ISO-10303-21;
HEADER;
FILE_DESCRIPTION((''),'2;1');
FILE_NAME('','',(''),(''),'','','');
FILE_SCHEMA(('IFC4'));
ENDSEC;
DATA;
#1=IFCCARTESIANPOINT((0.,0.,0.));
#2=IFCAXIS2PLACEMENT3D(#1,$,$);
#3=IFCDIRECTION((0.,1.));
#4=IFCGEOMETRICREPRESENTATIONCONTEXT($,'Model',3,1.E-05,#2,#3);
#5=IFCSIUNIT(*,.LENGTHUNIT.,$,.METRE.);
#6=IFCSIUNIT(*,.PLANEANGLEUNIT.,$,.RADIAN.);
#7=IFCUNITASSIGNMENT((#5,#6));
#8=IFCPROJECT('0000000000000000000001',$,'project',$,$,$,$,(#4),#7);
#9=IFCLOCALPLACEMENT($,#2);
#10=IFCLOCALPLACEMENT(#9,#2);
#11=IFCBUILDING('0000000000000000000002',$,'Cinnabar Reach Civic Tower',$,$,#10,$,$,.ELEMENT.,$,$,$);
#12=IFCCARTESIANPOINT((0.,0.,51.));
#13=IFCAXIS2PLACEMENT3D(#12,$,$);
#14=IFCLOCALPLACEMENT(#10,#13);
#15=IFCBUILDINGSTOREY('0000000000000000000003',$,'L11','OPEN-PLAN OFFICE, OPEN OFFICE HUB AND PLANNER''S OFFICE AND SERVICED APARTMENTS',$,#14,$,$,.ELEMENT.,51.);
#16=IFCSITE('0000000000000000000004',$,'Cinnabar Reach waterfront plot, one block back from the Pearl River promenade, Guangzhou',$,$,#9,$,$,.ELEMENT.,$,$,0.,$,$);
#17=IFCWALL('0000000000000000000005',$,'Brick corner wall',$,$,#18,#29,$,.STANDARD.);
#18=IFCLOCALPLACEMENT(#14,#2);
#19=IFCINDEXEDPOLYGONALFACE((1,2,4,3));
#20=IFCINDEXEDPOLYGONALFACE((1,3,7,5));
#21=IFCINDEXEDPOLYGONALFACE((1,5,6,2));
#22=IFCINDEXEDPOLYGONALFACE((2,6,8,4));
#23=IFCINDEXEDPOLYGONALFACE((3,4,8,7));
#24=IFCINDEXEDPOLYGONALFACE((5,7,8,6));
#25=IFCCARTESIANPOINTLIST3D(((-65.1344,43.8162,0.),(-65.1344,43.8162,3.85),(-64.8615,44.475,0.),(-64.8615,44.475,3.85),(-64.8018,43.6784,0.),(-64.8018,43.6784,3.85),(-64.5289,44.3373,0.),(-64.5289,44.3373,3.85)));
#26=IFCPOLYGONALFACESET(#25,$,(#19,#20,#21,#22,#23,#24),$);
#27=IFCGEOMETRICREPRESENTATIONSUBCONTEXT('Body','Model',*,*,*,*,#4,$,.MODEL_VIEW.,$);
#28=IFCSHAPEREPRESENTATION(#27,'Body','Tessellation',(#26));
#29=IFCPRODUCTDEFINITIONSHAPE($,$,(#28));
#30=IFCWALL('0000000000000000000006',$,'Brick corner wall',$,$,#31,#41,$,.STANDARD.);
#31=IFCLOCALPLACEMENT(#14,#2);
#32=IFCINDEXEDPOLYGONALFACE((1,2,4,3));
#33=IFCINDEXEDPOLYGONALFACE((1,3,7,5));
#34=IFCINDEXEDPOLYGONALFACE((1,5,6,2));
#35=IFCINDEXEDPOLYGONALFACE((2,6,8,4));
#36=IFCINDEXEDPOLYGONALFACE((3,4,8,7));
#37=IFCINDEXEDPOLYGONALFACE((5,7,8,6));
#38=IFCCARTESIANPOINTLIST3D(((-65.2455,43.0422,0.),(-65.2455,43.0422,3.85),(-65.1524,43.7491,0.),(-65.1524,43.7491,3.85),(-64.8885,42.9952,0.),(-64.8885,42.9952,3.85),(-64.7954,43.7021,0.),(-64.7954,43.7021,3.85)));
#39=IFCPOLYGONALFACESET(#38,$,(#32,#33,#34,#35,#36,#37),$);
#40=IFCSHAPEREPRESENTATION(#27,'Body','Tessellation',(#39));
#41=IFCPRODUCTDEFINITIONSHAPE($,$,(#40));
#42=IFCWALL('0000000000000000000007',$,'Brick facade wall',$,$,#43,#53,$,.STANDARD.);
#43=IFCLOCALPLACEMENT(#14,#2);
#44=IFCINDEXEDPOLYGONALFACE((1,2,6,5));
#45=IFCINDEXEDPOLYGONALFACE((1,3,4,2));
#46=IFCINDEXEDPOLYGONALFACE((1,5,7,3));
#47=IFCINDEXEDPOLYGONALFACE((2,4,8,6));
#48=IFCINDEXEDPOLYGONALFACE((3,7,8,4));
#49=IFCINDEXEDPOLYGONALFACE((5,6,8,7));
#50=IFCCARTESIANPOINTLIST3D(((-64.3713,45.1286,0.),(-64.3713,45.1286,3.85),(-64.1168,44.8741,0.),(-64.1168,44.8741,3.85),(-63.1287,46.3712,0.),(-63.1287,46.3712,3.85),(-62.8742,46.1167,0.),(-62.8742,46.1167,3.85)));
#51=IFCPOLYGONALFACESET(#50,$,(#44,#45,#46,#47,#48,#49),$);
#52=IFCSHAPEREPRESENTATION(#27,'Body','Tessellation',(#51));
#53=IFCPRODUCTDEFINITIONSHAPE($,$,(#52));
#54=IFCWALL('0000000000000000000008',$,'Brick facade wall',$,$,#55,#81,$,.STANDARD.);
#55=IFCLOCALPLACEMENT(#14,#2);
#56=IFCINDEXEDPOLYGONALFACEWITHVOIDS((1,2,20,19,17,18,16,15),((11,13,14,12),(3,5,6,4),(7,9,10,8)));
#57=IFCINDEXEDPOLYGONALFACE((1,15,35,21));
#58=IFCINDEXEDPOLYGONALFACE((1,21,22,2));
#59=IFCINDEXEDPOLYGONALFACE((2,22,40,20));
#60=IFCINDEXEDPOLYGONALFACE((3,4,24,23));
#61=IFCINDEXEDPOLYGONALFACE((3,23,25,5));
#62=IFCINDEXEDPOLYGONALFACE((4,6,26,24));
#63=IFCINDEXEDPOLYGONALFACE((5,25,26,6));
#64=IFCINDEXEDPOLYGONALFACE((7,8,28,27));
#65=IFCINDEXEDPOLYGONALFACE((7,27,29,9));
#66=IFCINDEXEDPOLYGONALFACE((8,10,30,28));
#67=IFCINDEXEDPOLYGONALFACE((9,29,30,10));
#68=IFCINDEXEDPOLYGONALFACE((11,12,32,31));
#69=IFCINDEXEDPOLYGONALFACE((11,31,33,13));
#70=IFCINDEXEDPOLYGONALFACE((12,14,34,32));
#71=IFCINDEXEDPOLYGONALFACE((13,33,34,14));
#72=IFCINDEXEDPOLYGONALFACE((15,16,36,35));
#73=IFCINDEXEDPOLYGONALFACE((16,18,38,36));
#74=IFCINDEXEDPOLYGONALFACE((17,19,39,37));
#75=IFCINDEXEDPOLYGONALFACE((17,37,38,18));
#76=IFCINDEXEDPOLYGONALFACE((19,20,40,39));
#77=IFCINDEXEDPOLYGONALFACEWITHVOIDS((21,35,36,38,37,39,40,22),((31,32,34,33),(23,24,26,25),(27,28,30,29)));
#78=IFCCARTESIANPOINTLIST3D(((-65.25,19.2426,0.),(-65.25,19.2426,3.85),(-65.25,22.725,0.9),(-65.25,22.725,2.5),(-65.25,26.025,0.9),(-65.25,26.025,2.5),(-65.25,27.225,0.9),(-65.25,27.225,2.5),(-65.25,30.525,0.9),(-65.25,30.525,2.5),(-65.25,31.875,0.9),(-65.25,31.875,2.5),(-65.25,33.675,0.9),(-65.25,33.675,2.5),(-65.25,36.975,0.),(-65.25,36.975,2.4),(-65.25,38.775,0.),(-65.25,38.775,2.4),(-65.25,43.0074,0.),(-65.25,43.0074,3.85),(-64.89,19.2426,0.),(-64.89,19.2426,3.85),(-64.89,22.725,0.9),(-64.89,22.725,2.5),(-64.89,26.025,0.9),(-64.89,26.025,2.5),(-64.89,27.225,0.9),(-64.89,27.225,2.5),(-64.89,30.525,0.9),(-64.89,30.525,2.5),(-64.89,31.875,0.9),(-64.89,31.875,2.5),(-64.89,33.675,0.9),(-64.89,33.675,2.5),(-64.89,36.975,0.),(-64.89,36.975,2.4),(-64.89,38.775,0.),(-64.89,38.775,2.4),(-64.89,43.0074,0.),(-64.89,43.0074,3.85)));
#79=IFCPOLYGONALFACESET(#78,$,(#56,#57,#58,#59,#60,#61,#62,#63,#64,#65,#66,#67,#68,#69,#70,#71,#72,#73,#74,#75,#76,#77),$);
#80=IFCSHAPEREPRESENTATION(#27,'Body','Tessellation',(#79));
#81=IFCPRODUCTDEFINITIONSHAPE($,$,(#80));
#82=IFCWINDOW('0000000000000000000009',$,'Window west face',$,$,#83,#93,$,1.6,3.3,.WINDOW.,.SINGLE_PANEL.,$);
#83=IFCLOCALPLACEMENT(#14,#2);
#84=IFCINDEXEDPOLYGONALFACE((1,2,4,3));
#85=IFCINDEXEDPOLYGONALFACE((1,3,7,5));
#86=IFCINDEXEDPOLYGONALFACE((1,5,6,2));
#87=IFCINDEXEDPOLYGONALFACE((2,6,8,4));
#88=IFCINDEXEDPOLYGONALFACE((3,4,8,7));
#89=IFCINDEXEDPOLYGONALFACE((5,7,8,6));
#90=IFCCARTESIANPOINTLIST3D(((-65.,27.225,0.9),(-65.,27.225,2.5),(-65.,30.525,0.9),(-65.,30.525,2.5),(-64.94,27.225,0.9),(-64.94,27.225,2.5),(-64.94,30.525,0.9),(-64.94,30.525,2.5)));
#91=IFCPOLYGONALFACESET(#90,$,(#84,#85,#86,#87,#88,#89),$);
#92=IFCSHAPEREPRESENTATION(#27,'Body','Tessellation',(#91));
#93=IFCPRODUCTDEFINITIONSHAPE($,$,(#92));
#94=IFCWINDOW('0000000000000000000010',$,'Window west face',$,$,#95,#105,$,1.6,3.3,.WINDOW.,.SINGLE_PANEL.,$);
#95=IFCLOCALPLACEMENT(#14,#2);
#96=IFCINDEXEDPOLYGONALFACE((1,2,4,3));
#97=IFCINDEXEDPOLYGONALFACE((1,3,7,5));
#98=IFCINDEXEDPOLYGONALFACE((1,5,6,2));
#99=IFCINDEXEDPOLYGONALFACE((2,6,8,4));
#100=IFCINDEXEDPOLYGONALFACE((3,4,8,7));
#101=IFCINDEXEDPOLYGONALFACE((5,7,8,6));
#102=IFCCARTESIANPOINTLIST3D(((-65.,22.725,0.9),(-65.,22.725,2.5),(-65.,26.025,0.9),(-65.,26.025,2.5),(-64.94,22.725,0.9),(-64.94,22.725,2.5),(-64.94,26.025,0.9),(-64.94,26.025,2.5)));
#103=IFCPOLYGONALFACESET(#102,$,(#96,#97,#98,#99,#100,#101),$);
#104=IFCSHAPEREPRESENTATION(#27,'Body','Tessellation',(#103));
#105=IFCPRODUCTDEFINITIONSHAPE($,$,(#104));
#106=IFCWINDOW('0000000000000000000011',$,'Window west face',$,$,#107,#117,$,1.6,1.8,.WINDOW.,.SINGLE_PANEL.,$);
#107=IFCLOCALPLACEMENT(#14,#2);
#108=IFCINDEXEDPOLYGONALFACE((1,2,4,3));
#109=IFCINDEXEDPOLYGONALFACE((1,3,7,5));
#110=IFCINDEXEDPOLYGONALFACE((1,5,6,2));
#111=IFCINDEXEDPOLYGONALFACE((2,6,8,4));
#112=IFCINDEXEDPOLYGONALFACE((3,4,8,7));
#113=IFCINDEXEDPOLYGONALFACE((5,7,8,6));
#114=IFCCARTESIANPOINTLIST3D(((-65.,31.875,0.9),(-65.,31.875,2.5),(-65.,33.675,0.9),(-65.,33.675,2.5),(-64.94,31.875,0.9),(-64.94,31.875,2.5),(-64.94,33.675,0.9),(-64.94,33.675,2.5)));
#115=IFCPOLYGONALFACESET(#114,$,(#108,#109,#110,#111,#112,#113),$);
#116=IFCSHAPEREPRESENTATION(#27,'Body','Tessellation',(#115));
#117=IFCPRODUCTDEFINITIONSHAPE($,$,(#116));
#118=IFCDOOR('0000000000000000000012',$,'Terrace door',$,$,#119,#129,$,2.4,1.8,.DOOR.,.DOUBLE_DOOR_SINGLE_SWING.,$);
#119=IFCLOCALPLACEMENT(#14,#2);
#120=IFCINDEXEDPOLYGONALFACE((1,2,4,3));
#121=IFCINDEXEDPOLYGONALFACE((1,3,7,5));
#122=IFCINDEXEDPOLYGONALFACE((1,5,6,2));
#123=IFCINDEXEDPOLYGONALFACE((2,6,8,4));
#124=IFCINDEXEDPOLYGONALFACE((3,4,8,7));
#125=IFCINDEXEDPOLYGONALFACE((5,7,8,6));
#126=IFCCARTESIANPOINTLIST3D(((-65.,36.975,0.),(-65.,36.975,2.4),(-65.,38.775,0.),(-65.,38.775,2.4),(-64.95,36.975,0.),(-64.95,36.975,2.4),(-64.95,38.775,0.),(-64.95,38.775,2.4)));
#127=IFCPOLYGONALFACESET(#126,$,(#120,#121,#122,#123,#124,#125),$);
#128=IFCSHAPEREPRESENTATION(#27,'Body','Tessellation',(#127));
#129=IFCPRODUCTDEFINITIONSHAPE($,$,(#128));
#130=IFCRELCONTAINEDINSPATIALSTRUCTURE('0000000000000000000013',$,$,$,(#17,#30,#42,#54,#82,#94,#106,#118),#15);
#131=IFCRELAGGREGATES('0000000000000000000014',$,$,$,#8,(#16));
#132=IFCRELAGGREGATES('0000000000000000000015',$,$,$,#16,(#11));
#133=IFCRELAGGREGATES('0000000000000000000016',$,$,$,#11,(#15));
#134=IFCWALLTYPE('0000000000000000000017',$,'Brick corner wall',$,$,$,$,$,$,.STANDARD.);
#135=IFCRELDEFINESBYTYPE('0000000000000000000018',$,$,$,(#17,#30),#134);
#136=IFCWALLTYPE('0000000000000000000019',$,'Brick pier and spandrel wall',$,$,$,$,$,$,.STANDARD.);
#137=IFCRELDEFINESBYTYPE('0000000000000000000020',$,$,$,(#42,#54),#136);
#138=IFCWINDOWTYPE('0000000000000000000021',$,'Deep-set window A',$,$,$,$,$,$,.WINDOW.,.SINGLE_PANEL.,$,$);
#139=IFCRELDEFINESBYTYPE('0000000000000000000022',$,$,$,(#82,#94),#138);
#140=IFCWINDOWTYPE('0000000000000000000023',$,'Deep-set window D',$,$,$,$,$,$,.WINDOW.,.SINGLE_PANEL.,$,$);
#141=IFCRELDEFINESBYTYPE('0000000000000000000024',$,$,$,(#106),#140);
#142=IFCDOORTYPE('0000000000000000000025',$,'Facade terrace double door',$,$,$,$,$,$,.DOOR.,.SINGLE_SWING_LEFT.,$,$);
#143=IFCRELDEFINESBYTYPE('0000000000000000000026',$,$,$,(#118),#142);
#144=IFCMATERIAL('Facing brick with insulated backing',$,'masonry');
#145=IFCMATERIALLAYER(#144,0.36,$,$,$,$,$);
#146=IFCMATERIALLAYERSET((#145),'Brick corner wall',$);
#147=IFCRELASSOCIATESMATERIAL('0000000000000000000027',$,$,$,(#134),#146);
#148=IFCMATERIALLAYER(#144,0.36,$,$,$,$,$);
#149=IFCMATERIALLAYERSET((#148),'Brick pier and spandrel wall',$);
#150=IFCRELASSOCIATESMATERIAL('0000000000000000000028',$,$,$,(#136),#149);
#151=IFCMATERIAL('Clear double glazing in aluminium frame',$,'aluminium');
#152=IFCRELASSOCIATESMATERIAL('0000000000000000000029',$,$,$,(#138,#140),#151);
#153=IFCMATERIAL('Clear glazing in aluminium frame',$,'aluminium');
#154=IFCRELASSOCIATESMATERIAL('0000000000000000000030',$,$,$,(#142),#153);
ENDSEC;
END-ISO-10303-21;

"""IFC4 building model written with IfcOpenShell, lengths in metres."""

from ifc_helpers import new_model, si_unit, direction, frame, frame_2d, origin, place, context, subcontext, project, spatial, rectangle, extrude, material, layer, layer_set, type_object, element, fill, save


model = new_model("IFC4")

# Units and contexts
model_context = context("Model", 3, precision=1e-05, world=origin(), true_north=direction((0.0, 1.0)))
body_context = subcontext(model_context, "Body", "Model", "MODEL_VIEW")
ifc_project = project(units=[si_unit("LENGTHUNIT", "METRE"), si_unit("PLANEANGLEUNIT", "RADIAN")], contexts=[model_context])

# Site, building, storey
site_placement = place(None, origin())
site = spatial("IfcSite", under=ifc_project, at=site_placement, Name="Cinnabar Reach waterfront plot, one block back from the Pearl River promenade, Guangzhou", CompositionType="ELEMENT", RefElevation=0.0)
building_placement = place(site_placement, origin())
building = spatial("IfcBuilding", under=site, at=building_placement, Name="Cinnabar Reach Civic Tower", CompositionType="ELEMENT")
storey_placement = place(building_placement, frame((0.0, 0.0, 51.0)))
storey = spatial("IfcBuildingStorey", under=building, at=storey_placement, Name="L11", Description="OPEN-PLAN OFFICE, OPEN OFFICE HUB AND PLANNER'S OFFICE AND SERVICED APARTMENTS", CompositionType="ELEMENT", Elevation=51.0)

# Walls
ifc_material_1 = material(Name="Facing brick with insulated backing", Category="masonry")
ifc_layer_1 = layer(ifc_material_1, 0.36)
ifc_layer_set_1 = layer_set([ifc_layer_1], Name="Brick corner wall")
wall_type_1 = type_object("IfcWallType", Name="Brick corner wall", PredefinedType="STANDARD", material=ifc_layer_set_1)
for number, where, z_axis, x_axis, name in (
    (1, (-64.6952, 44.4061, 0.0), (0.0, 0.0, 1.0), (-0.382703, -0.923872, 0.0), "Brick corner wall"),
    (2, (-64.9739, 43.7256, 0.0), (0.0, 0.0, 1.0), (-0.130556, -0.991441, 0.0), "Brick corner wall"),
):
    element("IfcWall", number, at=place(storey_placement, frame(where, z_axis=z_axis, x_axis=x_axis)), inside=storey, type_object=wall_type_1, Name=name, PredefinedType="STANDARD", context=body_context, shape_type="SweptSolid", body=[
        extrude(rectangle(XDim=0.7131, YDim=0.36, at=frame_2d((0.3565, 0.0))), origin(), (0.0, 0.0, 1.0), 3.85),
    ])
ifc_layer_2 = layer(ifc_material_1, 0.36)
ifc_layer_set_2 = layer_set([ifc_layer_2], Name="Brick pier and spandrel wall")
wall_type_2 = type_object("IfcWallType", Name="Brick pier and spandrel wall", PredefinedType="STANDARD", material=ifc_layer_set_2)
wall_1_placement = place(storey_placement, frame((-63.0014, 46.244, 0.0), z_axis=(0.0, 0.0, 1.0), x_axis=(-0.707107, -0.707107, 0.0)))
element("IfcWall", 3, at=wall_1_placement, inside=storey, type_object=wall_type_2, Name="Brick facade wall", PredefinedType="STANDARD", context=body_context, shape_type="SweptSolid", body=[
    extrude(rectangle(XDim=1.7573, YDim=0.36, at=frame_2d((0.8787, 0.0))), origin(), (0.0, 0.0, 1.0), 3.85),
])

# Wall, openings, windows, door
wall_2_placement = place(storey_placement, frame((-65.07, 43.0074, 0.0), z_axis=(0.0, 0.0, 1.0), x_axis=(0.0, -1.0, 0.0)))
wall_2 = element("IfcWall", 4, at=wall_2_placement, inside=storey, type_object=wall_type_2, Name="Brick facade wall", PredefinedType="STANDARD", context=body_context, shape_type="SweptSolid", body=[
    extrude(rectangle(XDim=23.7648, YDim=0.36, at=frame_2d((11.8824, 0.0))), origin(), (0.0, 0.0, 1.0), 3.85),
])
opening_1_placement = place(wall_2_placement, frame((4.2324, 0.0, 0.0)))
opening_1 = element("IfcOpeningElement", 5, at=opening_1_placement, cuts=wall_2, PredefinedType="OPENING", context=body_context, shape_type="SweptSolid", body=[
    extrude(rectangle(XDim=1.8, YDim=2.4, at=frame_2d((0.9, 1.2))), frame((0.0, 0.19, 0.0), z_axis=(0.0, -1.0, 0.0), x_axis=(1.0, 0.0, 0.0)), (0.0, 0.0, 1.0), 0.38),
])
opening_2_placement = place(wall_2_placement, frame((9.3324, 0.0, 0.9)))
opening_2 = element("IfcOpeningElement", 6, at=opening_2_placement, cuts=wall_2, PredefinedType="OPENING", context=body_context, shape_type="SweptSolid", body=[
    extrude(rectangle(XDim=1.8, YDim=1.6, at=frame_2d((0.9, 0.8))), frame((0.0, 0.19, 0.0), z_axis=(0.0, -1.0, 0.0), x_axis=(1.0, 0.0, 0.0)), (0.0, 0.0, 1.0), 0.38),
])
opening_3_placement = place(wall_2_placement, frame((12.4824, 0.0, 0.9)))
opening_3 = element("IfcOpeningElement", 7, at=opening_3_placement, cuts=wall_2, PredefinedType="OPENING", context=body_context, shape_type="SweptSolid", body=[
    extrude(rectangle(XDim=3.3, YDim=1.6, at=frame_2d((1.65, 0.8))), frame((0.0, 0.19, 0.0), z_axis=(0.0, -1.0, 0.0), x_axis=(1.0, 0.0, 0.0)), (0.0, 0.0, 1.0), 0.38),
])
opening_4_placement = place(wall_2_placement, frame((16.9824, 0.0, 0.9)))
opening_4 = element("IfcOpeningElement", 8, at=opening_4_placement, cuts=wall_2, PredefinedType="OPENING", context=body_context, shape_type="SweptSolid", body=[
    extrude(rectangle(XDim=3.3, YDim=1.6, at=frame_2d((1.65, 0.8))), frame((0.0, 0.19, 0.0), z_axis=(0.0, -1.0, 0.0), x_axis=(1.0, 0.0, 0.0)), (0.0, 0.0, 1.0), 0.38),
])
ifc_material_2 = material(Name="Clear double glazing in aluminium frame", Category="aluminium")
window_type_1 = type_object("IfcWindowType", Name="Deep-set window A", PartitioningType="SINGLE_PANEL", PredefinedType="WINDOW", material=ifc_material_2)
window_1_placement = place(opening_3_placement, origin())
window_1 = element("IfcWindow", 9, at=window_1_placement, inside=storey, type_object=window_type_1, Name="Window west face", OverallHeight=1.6, OverallWidth=3.3, PartitioningType="SINGLE_PANEL", PredefinedType="WINDOW", context=body_context, shape_type="SweptSolid", body=[
    extrude(rectangle(XDim=3.3, YDim=1.6, at=frame_2d((1.65, 0.8))), frame((0.0, 0.13, 0.0), z_axis=(0.0, -1.0, 0.0), x_axis=(1.0, 0.0, 0.0)), (0.0, 0.0, 1.0), 0.06),
])
fill(opening_3, window_1)
window_2_placement = place(opening_4_placement, origin())
window_2 = element("IfcWindow", 10, at=window_2_placement, inside=storey, type_object=window_type_1, Name="Window west face", OverallHeight=1.6, OverallWidth=3.3, PartitioningType="SINGLE_PANEL", PredefinedType="WINDOW", context=body_context, shape_type="SweptSolid", body=[
    extrude(rectangle(XDim=3.3, YDim=1.6, at=frame_2d((1.65, 0.8))), frame((0.0, 0.13, 0.0), z_axis=(0.0, -1.0, 0.0), x_axis=(1.0, 0.0, 0.0)), (0.0, 0.0, 1.0), 0.06),
])
fill(opening_4, window_2)
window_type_2 = type_object("IfcWindowType", Name="Deep-set window D", PartitioningType="SINGLE_PANEL", PredefinedType="WINDOW", material=ifc_material_2)
window_3_placement = place(opening_2_placement, origin())
window_3 = element("IfcWindow", 11, at=window_3_placement, inside=storey, type_object=window_type_2, Name="Window west face", OverallHeight=1.6, OverallWidth=1.8, PartitioningType="SINGLE_PANEL", PredefinedType="WINDOW", context=body_context, shape_type="SweptSolid", body=[
    extrude(rectangle(XDim=1.8, YDim=1.6, at=frame_2d((0.9, 0.8))), frame((0.0, 0.13, 0.0), z_axis=(0.0, -1.0, 0.0), x_axis=(1.0, 0.0, 0.0)), (0.0, 0.0, 1.0), 0.06),
])
fill(opening_2, window_3)
ifc_material_3 = material(Name="Clear glazing in aluminium frame", Category="aluminium")
door_type = type_object("IfcDoorType", Name="Facade terrace double door", OperationType="SINGLE_SWING_LEFT", PredefinedType="DOOR", material=ifc_material_3)
door_placement = place(opening_1_placement, frame((1.8, 0.0, 0.0), z_axis=(0.0, 0.0, 1.0), x_axis=(-1.0, 0.0, 0.0)))
door = element("IfcDoor", 12, at=door_placement, inside=storey, type_object=door_type, Name="Terrace door", OperationType="DOUBLE_DOOR_SINGLE_SWING", OverallHeight=2.4, OverallWidth=1.8, PredefinedType="DOOR", context=body_context, shape_type="SweptSolid", body=[
    extrude(rectangle(XDim=1.8, YDim=2.4, at=frame_2d((0.9, 1.2))), frame((0.0, -0.07, 0.0), z_axis=(0.0, -1.0, 0.0), x_axis=(1.0, 0.0, 0.0)), (0.0, 0.0, 1.0), 0.05),
])
fill(opening_1, door)

save(model, "model.ifc")
